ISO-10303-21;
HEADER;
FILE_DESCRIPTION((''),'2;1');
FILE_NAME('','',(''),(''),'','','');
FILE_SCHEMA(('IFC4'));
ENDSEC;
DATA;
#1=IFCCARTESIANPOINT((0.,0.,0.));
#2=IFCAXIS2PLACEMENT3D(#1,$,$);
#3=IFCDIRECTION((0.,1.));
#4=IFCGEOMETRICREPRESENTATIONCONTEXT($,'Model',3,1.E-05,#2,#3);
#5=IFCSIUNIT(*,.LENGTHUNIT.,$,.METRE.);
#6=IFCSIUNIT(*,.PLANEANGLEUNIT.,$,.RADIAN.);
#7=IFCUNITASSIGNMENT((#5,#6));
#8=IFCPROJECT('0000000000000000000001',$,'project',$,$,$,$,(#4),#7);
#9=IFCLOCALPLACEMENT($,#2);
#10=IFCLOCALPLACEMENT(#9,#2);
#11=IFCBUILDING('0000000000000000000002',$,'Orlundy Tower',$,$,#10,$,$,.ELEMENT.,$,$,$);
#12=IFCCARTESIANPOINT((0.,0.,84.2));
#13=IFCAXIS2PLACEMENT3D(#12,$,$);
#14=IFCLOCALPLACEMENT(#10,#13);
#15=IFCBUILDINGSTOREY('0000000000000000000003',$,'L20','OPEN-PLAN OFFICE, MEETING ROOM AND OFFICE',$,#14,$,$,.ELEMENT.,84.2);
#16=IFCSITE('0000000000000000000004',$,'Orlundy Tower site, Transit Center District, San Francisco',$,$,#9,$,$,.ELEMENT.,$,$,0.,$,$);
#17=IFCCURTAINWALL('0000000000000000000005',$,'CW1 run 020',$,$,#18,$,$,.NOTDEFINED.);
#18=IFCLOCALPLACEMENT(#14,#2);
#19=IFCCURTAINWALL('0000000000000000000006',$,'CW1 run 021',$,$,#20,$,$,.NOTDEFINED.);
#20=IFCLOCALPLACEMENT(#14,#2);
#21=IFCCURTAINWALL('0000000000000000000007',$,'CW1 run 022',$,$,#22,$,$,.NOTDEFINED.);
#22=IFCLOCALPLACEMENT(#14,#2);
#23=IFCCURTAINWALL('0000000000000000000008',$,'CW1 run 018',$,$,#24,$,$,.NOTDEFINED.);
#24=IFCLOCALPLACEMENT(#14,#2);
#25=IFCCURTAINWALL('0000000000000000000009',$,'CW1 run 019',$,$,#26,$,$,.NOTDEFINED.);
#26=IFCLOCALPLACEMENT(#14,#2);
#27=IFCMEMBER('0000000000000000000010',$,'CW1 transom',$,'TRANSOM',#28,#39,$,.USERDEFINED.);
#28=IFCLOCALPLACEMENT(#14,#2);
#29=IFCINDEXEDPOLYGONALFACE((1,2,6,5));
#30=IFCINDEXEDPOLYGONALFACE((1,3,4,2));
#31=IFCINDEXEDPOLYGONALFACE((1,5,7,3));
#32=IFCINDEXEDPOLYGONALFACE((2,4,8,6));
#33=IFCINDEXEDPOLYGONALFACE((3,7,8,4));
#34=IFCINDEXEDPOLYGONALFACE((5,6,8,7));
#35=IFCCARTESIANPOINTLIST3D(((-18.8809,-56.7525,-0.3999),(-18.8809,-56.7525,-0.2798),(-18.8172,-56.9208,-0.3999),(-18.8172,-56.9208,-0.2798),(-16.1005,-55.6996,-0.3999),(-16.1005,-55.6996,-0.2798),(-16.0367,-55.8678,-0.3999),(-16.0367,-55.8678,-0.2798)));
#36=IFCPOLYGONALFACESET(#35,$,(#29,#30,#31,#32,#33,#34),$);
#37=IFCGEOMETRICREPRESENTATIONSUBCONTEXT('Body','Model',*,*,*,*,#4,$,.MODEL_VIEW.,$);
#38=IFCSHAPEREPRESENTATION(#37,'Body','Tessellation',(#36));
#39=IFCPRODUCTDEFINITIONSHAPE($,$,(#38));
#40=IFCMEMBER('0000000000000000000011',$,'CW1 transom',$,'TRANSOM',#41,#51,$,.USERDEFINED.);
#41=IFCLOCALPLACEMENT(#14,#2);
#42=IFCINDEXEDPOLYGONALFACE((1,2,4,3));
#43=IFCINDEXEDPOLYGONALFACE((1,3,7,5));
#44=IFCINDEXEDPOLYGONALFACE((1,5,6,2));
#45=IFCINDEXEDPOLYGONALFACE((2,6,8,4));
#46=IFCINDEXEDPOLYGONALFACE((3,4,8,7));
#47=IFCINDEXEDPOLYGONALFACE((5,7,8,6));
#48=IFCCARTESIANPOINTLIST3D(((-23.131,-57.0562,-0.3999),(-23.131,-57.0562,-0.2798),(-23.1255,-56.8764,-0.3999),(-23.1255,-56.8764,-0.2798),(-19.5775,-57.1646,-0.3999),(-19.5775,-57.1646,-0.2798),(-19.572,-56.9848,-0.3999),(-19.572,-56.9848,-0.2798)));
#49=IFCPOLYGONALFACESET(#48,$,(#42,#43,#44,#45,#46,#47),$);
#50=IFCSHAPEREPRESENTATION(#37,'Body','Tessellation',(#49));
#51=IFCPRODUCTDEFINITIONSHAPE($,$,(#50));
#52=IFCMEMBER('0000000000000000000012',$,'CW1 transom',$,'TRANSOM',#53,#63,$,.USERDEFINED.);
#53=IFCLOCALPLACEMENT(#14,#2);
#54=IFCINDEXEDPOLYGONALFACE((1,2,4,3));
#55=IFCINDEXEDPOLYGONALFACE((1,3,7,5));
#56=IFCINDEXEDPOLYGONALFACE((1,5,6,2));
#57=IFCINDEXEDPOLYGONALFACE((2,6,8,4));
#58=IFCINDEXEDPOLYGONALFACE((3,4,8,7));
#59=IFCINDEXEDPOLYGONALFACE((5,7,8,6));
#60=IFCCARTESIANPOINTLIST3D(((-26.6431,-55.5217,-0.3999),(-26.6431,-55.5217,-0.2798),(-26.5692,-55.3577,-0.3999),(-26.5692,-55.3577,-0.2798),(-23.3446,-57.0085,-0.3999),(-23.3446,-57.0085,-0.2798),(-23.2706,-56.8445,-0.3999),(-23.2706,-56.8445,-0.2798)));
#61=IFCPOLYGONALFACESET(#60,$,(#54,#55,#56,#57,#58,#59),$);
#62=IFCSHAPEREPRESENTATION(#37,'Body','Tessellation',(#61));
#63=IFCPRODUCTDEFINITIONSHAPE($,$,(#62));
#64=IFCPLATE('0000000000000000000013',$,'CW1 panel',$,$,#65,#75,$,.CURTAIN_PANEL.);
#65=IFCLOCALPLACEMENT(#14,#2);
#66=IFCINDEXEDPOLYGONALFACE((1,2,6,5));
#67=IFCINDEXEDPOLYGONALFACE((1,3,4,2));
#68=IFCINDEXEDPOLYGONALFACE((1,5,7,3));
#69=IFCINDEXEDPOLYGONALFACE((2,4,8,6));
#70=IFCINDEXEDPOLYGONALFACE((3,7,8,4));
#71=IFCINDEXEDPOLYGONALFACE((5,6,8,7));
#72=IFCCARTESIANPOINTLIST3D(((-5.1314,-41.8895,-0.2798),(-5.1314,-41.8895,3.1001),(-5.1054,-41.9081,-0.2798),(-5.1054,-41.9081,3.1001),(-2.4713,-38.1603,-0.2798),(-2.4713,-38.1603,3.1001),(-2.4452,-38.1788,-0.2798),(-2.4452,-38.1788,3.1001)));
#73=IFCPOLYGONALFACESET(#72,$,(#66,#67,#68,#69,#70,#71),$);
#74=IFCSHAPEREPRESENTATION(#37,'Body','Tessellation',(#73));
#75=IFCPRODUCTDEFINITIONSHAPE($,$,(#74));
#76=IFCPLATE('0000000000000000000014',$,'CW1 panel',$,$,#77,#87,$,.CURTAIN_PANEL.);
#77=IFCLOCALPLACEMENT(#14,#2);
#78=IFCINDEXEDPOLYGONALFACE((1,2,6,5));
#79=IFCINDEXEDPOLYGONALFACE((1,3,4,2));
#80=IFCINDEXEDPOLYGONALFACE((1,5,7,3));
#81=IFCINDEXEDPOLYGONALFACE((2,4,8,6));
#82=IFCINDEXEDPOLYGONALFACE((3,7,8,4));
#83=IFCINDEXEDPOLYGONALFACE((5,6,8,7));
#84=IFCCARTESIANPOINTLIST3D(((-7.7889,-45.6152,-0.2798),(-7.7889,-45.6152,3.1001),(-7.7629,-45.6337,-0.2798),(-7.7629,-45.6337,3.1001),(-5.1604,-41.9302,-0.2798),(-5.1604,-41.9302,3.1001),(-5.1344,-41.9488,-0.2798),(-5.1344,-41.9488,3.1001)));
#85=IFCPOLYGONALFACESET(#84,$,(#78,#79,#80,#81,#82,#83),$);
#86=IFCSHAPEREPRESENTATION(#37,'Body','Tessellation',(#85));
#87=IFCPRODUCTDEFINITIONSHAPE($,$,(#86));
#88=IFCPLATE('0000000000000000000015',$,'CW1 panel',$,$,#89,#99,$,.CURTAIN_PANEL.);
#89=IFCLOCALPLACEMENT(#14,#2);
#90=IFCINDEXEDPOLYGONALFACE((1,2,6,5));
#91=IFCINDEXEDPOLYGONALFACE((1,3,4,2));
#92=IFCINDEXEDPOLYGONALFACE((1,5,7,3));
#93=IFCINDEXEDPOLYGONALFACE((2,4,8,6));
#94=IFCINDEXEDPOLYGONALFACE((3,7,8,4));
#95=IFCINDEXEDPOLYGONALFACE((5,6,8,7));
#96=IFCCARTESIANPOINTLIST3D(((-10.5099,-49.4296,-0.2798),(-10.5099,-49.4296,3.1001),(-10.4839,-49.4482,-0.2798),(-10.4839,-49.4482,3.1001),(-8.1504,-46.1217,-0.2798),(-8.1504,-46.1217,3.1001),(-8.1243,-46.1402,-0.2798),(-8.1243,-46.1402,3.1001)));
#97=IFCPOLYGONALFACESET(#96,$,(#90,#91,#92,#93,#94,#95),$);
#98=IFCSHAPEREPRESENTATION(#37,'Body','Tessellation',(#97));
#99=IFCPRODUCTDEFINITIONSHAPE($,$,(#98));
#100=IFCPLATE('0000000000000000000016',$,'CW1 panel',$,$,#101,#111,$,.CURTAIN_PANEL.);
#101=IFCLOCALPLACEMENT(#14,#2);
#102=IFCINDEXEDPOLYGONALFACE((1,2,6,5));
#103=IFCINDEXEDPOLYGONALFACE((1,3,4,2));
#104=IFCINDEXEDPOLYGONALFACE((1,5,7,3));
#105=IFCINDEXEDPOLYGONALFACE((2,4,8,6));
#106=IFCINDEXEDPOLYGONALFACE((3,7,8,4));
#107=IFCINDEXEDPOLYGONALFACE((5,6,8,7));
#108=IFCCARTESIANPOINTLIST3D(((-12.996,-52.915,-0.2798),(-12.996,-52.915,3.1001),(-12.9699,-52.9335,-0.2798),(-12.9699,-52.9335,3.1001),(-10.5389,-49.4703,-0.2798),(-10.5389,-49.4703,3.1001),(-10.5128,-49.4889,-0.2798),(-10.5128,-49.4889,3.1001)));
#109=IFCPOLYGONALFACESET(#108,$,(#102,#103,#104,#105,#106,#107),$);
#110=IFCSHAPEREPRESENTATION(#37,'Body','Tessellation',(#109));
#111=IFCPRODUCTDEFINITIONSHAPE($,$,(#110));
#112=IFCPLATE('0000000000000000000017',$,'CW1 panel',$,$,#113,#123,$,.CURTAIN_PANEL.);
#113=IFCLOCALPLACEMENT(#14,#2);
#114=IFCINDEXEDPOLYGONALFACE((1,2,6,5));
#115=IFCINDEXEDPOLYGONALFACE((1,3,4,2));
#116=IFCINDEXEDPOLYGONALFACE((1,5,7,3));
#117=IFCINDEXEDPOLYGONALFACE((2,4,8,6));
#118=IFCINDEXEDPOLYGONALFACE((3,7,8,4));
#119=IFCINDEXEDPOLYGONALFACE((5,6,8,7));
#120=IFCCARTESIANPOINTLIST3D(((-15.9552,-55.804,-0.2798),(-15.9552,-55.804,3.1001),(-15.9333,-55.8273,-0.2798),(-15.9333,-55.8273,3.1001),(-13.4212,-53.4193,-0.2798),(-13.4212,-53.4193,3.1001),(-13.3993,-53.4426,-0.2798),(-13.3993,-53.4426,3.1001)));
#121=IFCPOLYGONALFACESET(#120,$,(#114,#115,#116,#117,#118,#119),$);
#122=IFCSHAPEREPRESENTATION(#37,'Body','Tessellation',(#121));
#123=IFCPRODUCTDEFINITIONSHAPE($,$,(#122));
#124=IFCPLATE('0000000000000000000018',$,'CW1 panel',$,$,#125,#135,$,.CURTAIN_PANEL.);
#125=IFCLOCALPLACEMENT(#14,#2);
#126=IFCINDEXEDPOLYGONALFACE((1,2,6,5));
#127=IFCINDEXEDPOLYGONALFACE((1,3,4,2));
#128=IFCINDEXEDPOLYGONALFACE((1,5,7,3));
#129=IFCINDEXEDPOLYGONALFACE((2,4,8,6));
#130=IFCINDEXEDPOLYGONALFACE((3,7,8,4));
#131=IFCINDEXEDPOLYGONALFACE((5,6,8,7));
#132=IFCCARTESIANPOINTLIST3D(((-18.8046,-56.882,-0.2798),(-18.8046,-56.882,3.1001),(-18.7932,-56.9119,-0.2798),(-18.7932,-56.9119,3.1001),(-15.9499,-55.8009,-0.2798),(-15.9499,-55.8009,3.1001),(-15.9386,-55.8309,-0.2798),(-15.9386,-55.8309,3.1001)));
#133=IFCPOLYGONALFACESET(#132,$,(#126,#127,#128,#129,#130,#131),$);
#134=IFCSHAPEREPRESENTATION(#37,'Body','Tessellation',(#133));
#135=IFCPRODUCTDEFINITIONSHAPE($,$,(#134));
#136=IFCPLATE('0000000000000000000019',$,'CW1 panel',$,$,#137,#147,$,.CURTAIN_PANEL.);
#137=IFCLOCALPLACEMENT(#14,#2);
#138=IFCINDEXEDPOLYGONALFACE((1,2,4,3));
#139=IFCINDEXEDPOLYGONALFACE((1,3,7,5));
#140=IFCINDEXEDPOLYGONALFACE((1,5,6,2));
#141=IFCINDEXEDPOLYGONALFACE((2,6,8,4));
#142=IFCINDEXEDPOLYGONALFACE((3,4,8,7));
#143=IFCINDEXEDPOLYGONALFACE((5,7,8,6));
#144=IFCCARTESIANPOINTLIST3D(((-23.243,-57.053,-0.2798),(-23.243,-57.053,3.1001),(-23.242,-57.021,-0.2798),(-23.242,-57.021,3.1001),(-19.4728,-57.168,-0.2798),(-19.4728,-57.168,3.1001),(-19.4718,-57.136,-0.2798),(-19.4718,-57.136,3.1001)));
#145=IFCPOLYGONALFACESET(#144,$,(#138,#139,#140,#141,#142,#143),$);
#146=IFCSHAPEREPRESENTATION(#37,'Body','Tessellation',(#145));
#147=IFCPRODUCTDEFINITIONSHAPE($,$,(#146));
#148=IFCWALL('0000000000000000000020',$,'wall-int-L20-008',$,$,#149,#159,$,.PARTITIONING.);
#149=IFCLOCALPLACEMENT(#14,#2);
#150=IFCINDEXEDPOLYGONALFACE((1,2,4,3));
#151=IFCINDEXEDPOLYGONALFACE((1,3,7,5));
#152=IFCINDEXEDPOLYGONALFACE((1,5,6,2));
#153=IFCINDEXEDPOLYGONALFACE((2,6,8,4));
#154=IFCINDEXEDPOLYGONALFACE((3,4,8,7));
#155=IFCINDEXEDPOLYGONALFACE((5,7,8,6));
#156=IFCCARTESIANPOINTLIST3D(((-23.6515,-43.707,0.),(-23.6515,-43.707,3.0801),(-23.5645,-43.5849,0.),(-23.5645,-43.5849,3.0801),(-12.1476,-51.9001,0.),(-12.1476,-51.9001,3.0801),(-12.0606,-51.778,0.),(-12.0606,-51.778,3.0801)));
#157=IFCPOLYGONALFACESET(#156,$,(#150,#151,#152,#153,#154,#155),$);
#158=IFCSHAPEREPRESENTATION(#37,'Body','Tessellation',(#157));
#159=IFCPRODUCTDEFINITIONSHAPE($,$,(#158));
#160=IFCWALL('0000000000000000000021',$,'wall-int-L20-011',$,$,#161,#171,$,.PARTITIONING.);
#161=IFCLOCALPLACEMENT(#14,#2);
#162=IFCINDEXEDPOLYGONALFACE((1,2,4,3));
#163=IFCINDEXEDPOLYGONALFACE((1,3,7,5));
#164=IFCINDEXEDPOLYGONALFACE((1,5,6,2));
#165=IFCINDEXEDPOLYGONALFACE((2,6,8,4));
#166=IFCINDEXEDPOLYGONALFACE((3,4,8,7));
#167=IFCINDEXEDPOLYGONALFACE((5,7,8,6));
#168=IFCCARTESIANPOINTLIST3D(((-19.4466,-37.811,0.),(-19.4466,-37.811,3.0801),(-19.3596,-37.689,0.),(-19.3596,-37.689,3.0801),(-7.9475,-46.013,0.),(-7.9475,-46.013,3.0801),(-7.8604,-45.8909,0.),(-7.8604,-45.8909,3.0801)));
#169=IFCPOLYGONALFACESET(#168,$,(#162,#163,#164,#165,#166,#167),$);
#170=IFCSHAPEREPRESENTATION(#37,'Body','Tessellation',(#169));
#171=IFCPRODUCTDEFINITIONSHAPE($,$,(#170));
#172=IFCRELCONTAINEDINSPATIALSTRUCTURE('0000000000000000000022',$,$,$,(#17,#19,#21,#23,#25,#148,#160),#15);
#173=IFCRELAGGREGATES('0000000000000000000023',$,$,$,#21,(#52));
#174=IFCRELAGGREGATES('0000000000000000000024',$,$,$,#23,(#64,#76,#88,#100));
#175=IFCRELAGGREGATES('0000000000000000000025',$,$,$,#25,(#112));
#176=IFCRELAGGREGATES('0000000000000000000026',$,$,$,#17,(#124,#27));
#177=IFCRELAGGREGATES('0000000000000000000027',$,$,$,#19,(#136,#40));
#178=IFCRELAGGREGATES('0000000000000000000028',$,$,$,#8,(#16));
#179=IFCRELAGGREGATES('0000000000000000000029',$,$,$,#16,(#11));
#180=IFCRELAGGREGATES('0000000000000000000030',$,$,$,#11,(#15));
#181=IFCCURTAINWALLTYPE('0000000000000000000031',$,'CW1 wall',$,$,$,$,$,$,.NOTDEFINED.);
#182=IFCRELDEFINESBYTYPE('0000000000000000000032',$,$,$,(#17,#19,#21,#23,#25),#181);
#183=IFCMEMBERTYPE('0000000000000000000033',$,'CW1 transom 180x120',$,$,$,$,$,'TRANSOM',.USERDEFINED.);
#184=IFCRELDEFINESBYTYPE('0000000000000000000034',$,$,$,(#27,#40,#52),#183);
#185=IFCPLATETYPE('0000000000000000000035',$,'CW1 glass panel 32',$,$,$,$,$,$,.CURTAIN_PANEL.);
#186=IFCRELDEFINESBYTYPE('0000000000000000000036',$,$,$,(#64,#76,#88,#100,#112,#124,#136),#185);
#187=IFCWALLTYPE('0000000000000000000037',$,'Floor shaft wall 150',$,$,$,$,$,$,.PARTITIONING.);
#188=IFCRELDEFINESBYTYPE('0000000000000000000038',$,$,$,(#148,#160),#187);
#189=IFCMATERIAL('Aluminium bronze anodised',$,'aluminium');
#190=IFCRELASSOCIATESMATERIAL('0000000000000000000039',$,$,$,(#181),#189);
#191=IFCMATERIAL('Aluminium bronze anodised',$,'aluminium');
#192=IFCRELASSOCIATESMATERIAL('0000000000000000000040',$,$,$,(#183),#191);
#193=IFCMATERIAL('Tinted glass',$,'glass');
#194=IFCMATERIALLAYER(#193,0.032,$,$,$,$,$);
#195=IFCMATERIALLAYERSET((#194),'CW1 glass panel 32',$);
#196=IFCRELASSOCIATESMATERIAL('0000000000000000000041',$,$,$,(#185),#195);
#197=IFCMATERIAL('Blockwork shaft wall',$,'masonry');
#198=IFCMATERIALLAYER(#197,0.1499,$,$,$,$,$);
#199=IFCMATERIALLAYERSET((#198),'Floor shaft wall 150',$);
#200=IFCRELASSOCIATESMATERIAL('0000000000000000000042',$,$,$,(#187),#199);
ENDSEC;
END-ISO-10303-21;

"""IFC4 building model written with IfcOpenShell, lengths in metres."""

from ifc_helpers import new_model, si_unit, direction, frame, frame_2d, origin, origin_2d, place, context, subcontext, project, spatial, rectangle, extrude, material, layer, layer_set, material_profile, profile_set, type_object, element, aggregate, save


model = new_model("IFC4")

# Units and contexts
model_context = context("Model", 3, precision=1e-05, world=origin(), true_north=direction((0.0, 1.0)))
body_context = subcontext(model_context, "Body", "Model", "MODEL_VIEW")
ifc_project = project(units=[si_unit("LENGTHUNIT", "METRE"), si_unit("PLANEANGLEUNIT", "RADIAN")], contexts=[model_context])

# Site, building, storey
site_placement = place(None, origin())
site = spatial("IfcSite", under=ifc_project, at=site_placement, Name="Orlundy Tower site, Transit Center District, San Francisco", CompositionType="ELEMENT", RefElevation=0.0)
building_placement = place(site_placement, origin())
building = spatial("IfcBuilding", under=site, at=building_placement, Name="Orlundy Tower", CompositionType="ELEMENT")
storey_placement = place(building_placement, frame((0.0, 0.0, 84.2)))
storey = spatial("IfcBuildingStorey", under=building, at=storey_placement, Name="L20", Description="OPEN-PLAN OFFICE, MEETING ROOM AND OFFICE", CompositionType="ELEMENT", Elevation=84.2)

# Curtain walls
ifc_material_1 = material(Name="Aluminium bronze anodised", Category="aluminium")
curtain_wall_type = type_object("IfcCurtainWallType", Name="CW1 wall", PredefinedType="NOTDEFINED", material=ifc_material_1)
curtain_wall_1_placement = place(storey_placement, origin())
curtain_wall_1 = element("IfcCurtainWall", 1, at=curtain_wall_1_placement, inside=storey, type_object=curtain_wall_type, Name="CW1 run 020", PredefinedType="NOTDEFINED")
curtain_wall_2_placement = place(storey_placement, origin())
curtain_wall_2 = element("IfcCurtainWall", 2, at=curtain_wall_2_placement, inside=storey, type_object=curtain_wall_type, Name="CW1 run 021", PredefinedType="NOTDEFINED")
curtain_wall_3_placement = place(storey_placement, origin())
curtain_wall_3 = element("IfcCurtainWall", 3, at=curtain_wall_3_placement, inside=storey, type_object=curtain_wall_type, Name="CW1 run 022", PredefinedType="NOTDEFINED")

# Curtain wall
curtain_wall_4_placement = place(storey_placement, origin())
curtain_wall_4 = element("IfcCurtainWall", 4, at=curtain_wall_4_placement, inside=storey, type_object=curtain_wall_type, Name="CW1 run 018", PredefinedType="NOTDEFINED")
ifc_material_2 = material(Name="Aluminium bronze anodised", Category="aluminium")
ifc_material_profile_1 = material_profile(ifc_material_2, rectangle(XDim=0.1799, YDim=0.1201, at=origin_2d()), Name="CW1 transom 180x120")
ifc_profile_set_1 = profile_set([ifc_material_profile_1], Name="Aluminium bronze anodised")
member_type_1 = type_object("IfcMemberType", Name="CW1 transom 180x120", ElementType="TRANSOM", PredefinedType="USERDEFINED", material=ifc_profile_set_1)

# Curtain wall
curtain_wall_5_placement = place(storey_placement, origin())
curtain_wall_5 = element("IfcCurtainWall", 5, at=curtain_wall_5_placement, inside=storey, type_object=curtain_wall_type, Name="CW1 run 019", PredefinedType="NOTDEFINED")

# Members
member_1_placement = place(storey_placement, frame((-16.0686, -55.7837, -0.3398), z_axis=(-0.935187, -0.354154, 0.0), x_axis=(0.354154, -0.935187, 0.0)))
member_1 = element("IfcMember", 6, at=member_1_placement, type_object=member_type_1, Name="CW1 transom", ObjectType="TRANSOM", PredefinedType="USERDEFINED", context=body_context, shape_type="SweptSolid", body=[
    extrude(rectangle(XDim=0.1799, YDim=0.1201, at=origin_2d()), origin(), (0.0, 0.0, 1.0), 2.9731),
])
member_2_placement = place(storey_placement, frame((-19.5747, -57.0747, -0.3398), z_axis=(-0.999535, 0.030491, 0.0), x_axis=(-0.030491, -0.999535, 0.0)))
member_2 = element("IfcMember", 7, at=member_2_placement, type_object=member_type_1, Name="CW1 transom", ObjectType="TRANSOM", PredefinedType="USERDEFINED", context=body_context, shape_type="SweptSolid", body=[
    extrude(rectangle(XDim=0.1799, YDim=0.1201, at=origin_2d()), origin(), (0.0, 0.0, 1.0), 3.5552),
])
member_3_placement = place(storey_placement, frame((-23.3076, -56.9265, -0.3398), z_axis=(-0.911668, 0.410929, 0.0), x_axis=(-0.410929, -0.911668, 0.0)))
member_3 = element("IfcMember", 8, at=member_3_placement, type_object=member_type_1, Name="CW1 transom", ObjectType="TRANSOM", PredefinedType="USERDEFINED", context=body_context, shape_type="SweptSolid", body=[
    extrude(rectangle(XDim=0.1799, YDim=0.1201, at=origin_2d()), origin(), (0.0, 0.0, 1.0), 3.6182),
])
aggregate(curtain_wall_3, [member_3])

# Plates
ifc_material_3 = material(Name="Tinted glass", Category="glass")
ifc_layer_1 = layer(ifc_material_3, 0.032)
ifc_layer_set_1 = layer_set([ifc_layer_1], Name="CW1 glass panel 32")
plate_type = type_object("IfcPlateType", Name="CW1 glass panel 32", PredefinedType="CURTAIN_PANEL", material=ifc_layer_set_1)
plate_1_placement = place(storey_placement, frame((-3.7883, -40.0342, -0.2798), z_axis=(0.0, 0.0, 1.0), x_axis=(-0.58071, -0.81411, 0.0)))
plate_1 = element("IfcPlate", 9, at=plate_1_placement, type_object=plate_type, Name="CW1 panel", PredefinedType="CURTAIN_PANEL", context=body_context, shape_type="SweptSolid", body=[
    extrude(rectangle(XDim=4.5808, YDim=0.032, at=origin_2d()), origin(), (0.0, 0.0, 1.0), 3.3799),
])
plate_2_placement = place(storey_placement, frame((-6.4617, -43.782, -0.2798), z_axis=(0.0, 0.0, 1.0), x_axis=(-0.58071, -0.81411, 0.0)))
plate_2 = element("IfcPlate", 10, at=plate_2_placement, type_object=plate_type, Name="CW1 panel", PredefinedType="CURTAIN_PANEL", context=body_context, shape_type="SweptSolid", body=[
    extrude(rectangle(XDim=4.5264, YDim=0.032, at=origin_2d()), origin(), (0.0, 0.0, 1.0), 3.3799),
])
plate_3_placement = place(storey_placement, frame((-9.3171, -47.7849, -0.2798), z_axis=(0.0, 0.0, 1.0), x_axis=(-0.58071, -0.81411, 0.0)))
plate_3 = element("IfcPlate", 11, at=plate_3_placement, type_object=plate_type, Name="CW1 panel", PredefinedType="CURTAIN_PANEL", context=body_context, shape_type="SweptSolid", body=[
    extrude(rectangle(XDim=4.0632, YDim=0.032, at=origin_2d()), origin(), (0.0, 0.0, 1.0), 3.3799),
])
plate_4_placement = place(storey_placement, frame((-11.7544, -51.2019, -0.2798), z_axis=(0.0, 0.0, 1.0), x_axis=(-0.58071, -0.81411, 0.0)))
plate_4 = element("IfcPlate", 12, at=plate_4_placement, type_object=plate_type, Name="CW1 panel", PredefinedType="CURTAIN_PANEL", context=body_context, shape_type="SweptSolid", body=[
    extrude(rectangle(XDim=4.2312, YDim=0.032, at=origin_2d()), origin(), (0.0, 0.0, 1.0), 3.3799),
])
aggregate(curtain_wall_4, [plate_1, plate_2, plate_3, plate_4])
plate_5_placement = place(storey_placement, frame((-14.6772, -54.6233, -0.2798), z_axis=(0.0, 0.0, 1.0), x_axis=(-0.728232, -0.685331, 0.0)))
plate_5 = element("IfcPlate", 13, at=plate_5_placement, type_object=plate_type, Name="CW1 panel", PredefinedType="CURTAIN_PANEL", context=body_context, shape_type="SweptSolid", body=[
    extrude(rectangle(XDim=3.4797, YDim=0.032, at=origin_2d()), origin(), (0.0, 0.0, 1.0), 3.3799),
])
aggregate(curtain_wall_5, [plate_5])
plate_6_placement = place(storey_placement, frame((-17.3716, -56.3564, -0.2798), z_axis=(0.0, 0.0, 1.0), x_axis=(-0.935182, -0.354166, 0.0)))
plate_6 = element("IfcPlate", 14, at=plate_6_placement, type_object=plate_type, Name="CW1 panel", PredefinedType="CURTAIN_PANEL", context=body_context, shape_type="SweptSolid", body=[
    extrude(rectangle(XDim=3.0525, YDim=0.032, at=origin_2d()), origin(), (0.0, 0.0, 1.0), 3.3799),
])
aggregate(curtain_wall_1, [plate_6, member_1])
plate_7_placement = place(storey_placement, frame((-21.3574, -57.0945, -0.2798), z_axis=(0.0, 0.0, 1.0), x_axis=(-0.999535, 0.030485, 0.0)))
plate_7 = element("IfcPlate", 15, at=plate_7_placement, type_object=plate_type, Name="CW1 panel", PredefinedType="CURTAIN_PANEL", context=body_context, shape_type="SweptSolid", body=[
    extrude(rectangle(XDim=3.772, YDim=0.032, at=origin_2d()), origin(), (0.0, 0.0, 1.0), 3.3799),
])
aggregate(curtain_wall_2, [plate_7, member_2])

# Walls
ifc_material_4 = material(Name="Blockwork shaft wall", Category="masonry")
ifc_layer_2 = layer(ifc_material_4, 0.1499)
ifc_layer_set_2 = layer_set([ifc_layer_2], Name="Floor shaft wall 150")
wall_type = type_object("IfcWallType", Name="Floor shaft wall 150", PredefinedType="PARTITIONING", material=ifc_layer_set_2)
wall_1_placement = place(storey_placement, frame((-23.6079, -43.646, 0.0), z_axis=(0.0, 0.0, 1.0), x_axis=(0.814535, -0.580114, 0.0)))
element("IfcWall", 16, at=wall_1_placement, inside=storey, type_object=wall_type, Name="wall-int-L20-008", PredefinedType="PARTITIONING", context=body_context, shape_type="SweptSolid", body=[
    extrude(rectangle(XDim=14.1233, YDim=0.1499, at=frame_2d((7.0615, 0.0))), origin(), (0.0, 0.0, 1.0), 3.0801),
])
wall_2_placement = place(storey_placement, frame((-19.4031, -37.75, 0.0), z_axis=(0.0, 0.0, 1.0), x_axis=(0.814125, -0.58069, 0.0)))
element("IfcWall", 17, at=wall_2_placement, inside=storey, type_object=wall_type, Name="wall-int-L20-011", PredefinedType="PARTITIONING", context=body_context, shape_type="SweptSolid", body=[
    extrude(rectangle(XDim=14.1245, YDim=0.1499, at=frame_2d((7.0623, 0.0))), origin(), (0.0, 0.0, 1.0), 3.0801),
])

save(model, "model.ifc")
